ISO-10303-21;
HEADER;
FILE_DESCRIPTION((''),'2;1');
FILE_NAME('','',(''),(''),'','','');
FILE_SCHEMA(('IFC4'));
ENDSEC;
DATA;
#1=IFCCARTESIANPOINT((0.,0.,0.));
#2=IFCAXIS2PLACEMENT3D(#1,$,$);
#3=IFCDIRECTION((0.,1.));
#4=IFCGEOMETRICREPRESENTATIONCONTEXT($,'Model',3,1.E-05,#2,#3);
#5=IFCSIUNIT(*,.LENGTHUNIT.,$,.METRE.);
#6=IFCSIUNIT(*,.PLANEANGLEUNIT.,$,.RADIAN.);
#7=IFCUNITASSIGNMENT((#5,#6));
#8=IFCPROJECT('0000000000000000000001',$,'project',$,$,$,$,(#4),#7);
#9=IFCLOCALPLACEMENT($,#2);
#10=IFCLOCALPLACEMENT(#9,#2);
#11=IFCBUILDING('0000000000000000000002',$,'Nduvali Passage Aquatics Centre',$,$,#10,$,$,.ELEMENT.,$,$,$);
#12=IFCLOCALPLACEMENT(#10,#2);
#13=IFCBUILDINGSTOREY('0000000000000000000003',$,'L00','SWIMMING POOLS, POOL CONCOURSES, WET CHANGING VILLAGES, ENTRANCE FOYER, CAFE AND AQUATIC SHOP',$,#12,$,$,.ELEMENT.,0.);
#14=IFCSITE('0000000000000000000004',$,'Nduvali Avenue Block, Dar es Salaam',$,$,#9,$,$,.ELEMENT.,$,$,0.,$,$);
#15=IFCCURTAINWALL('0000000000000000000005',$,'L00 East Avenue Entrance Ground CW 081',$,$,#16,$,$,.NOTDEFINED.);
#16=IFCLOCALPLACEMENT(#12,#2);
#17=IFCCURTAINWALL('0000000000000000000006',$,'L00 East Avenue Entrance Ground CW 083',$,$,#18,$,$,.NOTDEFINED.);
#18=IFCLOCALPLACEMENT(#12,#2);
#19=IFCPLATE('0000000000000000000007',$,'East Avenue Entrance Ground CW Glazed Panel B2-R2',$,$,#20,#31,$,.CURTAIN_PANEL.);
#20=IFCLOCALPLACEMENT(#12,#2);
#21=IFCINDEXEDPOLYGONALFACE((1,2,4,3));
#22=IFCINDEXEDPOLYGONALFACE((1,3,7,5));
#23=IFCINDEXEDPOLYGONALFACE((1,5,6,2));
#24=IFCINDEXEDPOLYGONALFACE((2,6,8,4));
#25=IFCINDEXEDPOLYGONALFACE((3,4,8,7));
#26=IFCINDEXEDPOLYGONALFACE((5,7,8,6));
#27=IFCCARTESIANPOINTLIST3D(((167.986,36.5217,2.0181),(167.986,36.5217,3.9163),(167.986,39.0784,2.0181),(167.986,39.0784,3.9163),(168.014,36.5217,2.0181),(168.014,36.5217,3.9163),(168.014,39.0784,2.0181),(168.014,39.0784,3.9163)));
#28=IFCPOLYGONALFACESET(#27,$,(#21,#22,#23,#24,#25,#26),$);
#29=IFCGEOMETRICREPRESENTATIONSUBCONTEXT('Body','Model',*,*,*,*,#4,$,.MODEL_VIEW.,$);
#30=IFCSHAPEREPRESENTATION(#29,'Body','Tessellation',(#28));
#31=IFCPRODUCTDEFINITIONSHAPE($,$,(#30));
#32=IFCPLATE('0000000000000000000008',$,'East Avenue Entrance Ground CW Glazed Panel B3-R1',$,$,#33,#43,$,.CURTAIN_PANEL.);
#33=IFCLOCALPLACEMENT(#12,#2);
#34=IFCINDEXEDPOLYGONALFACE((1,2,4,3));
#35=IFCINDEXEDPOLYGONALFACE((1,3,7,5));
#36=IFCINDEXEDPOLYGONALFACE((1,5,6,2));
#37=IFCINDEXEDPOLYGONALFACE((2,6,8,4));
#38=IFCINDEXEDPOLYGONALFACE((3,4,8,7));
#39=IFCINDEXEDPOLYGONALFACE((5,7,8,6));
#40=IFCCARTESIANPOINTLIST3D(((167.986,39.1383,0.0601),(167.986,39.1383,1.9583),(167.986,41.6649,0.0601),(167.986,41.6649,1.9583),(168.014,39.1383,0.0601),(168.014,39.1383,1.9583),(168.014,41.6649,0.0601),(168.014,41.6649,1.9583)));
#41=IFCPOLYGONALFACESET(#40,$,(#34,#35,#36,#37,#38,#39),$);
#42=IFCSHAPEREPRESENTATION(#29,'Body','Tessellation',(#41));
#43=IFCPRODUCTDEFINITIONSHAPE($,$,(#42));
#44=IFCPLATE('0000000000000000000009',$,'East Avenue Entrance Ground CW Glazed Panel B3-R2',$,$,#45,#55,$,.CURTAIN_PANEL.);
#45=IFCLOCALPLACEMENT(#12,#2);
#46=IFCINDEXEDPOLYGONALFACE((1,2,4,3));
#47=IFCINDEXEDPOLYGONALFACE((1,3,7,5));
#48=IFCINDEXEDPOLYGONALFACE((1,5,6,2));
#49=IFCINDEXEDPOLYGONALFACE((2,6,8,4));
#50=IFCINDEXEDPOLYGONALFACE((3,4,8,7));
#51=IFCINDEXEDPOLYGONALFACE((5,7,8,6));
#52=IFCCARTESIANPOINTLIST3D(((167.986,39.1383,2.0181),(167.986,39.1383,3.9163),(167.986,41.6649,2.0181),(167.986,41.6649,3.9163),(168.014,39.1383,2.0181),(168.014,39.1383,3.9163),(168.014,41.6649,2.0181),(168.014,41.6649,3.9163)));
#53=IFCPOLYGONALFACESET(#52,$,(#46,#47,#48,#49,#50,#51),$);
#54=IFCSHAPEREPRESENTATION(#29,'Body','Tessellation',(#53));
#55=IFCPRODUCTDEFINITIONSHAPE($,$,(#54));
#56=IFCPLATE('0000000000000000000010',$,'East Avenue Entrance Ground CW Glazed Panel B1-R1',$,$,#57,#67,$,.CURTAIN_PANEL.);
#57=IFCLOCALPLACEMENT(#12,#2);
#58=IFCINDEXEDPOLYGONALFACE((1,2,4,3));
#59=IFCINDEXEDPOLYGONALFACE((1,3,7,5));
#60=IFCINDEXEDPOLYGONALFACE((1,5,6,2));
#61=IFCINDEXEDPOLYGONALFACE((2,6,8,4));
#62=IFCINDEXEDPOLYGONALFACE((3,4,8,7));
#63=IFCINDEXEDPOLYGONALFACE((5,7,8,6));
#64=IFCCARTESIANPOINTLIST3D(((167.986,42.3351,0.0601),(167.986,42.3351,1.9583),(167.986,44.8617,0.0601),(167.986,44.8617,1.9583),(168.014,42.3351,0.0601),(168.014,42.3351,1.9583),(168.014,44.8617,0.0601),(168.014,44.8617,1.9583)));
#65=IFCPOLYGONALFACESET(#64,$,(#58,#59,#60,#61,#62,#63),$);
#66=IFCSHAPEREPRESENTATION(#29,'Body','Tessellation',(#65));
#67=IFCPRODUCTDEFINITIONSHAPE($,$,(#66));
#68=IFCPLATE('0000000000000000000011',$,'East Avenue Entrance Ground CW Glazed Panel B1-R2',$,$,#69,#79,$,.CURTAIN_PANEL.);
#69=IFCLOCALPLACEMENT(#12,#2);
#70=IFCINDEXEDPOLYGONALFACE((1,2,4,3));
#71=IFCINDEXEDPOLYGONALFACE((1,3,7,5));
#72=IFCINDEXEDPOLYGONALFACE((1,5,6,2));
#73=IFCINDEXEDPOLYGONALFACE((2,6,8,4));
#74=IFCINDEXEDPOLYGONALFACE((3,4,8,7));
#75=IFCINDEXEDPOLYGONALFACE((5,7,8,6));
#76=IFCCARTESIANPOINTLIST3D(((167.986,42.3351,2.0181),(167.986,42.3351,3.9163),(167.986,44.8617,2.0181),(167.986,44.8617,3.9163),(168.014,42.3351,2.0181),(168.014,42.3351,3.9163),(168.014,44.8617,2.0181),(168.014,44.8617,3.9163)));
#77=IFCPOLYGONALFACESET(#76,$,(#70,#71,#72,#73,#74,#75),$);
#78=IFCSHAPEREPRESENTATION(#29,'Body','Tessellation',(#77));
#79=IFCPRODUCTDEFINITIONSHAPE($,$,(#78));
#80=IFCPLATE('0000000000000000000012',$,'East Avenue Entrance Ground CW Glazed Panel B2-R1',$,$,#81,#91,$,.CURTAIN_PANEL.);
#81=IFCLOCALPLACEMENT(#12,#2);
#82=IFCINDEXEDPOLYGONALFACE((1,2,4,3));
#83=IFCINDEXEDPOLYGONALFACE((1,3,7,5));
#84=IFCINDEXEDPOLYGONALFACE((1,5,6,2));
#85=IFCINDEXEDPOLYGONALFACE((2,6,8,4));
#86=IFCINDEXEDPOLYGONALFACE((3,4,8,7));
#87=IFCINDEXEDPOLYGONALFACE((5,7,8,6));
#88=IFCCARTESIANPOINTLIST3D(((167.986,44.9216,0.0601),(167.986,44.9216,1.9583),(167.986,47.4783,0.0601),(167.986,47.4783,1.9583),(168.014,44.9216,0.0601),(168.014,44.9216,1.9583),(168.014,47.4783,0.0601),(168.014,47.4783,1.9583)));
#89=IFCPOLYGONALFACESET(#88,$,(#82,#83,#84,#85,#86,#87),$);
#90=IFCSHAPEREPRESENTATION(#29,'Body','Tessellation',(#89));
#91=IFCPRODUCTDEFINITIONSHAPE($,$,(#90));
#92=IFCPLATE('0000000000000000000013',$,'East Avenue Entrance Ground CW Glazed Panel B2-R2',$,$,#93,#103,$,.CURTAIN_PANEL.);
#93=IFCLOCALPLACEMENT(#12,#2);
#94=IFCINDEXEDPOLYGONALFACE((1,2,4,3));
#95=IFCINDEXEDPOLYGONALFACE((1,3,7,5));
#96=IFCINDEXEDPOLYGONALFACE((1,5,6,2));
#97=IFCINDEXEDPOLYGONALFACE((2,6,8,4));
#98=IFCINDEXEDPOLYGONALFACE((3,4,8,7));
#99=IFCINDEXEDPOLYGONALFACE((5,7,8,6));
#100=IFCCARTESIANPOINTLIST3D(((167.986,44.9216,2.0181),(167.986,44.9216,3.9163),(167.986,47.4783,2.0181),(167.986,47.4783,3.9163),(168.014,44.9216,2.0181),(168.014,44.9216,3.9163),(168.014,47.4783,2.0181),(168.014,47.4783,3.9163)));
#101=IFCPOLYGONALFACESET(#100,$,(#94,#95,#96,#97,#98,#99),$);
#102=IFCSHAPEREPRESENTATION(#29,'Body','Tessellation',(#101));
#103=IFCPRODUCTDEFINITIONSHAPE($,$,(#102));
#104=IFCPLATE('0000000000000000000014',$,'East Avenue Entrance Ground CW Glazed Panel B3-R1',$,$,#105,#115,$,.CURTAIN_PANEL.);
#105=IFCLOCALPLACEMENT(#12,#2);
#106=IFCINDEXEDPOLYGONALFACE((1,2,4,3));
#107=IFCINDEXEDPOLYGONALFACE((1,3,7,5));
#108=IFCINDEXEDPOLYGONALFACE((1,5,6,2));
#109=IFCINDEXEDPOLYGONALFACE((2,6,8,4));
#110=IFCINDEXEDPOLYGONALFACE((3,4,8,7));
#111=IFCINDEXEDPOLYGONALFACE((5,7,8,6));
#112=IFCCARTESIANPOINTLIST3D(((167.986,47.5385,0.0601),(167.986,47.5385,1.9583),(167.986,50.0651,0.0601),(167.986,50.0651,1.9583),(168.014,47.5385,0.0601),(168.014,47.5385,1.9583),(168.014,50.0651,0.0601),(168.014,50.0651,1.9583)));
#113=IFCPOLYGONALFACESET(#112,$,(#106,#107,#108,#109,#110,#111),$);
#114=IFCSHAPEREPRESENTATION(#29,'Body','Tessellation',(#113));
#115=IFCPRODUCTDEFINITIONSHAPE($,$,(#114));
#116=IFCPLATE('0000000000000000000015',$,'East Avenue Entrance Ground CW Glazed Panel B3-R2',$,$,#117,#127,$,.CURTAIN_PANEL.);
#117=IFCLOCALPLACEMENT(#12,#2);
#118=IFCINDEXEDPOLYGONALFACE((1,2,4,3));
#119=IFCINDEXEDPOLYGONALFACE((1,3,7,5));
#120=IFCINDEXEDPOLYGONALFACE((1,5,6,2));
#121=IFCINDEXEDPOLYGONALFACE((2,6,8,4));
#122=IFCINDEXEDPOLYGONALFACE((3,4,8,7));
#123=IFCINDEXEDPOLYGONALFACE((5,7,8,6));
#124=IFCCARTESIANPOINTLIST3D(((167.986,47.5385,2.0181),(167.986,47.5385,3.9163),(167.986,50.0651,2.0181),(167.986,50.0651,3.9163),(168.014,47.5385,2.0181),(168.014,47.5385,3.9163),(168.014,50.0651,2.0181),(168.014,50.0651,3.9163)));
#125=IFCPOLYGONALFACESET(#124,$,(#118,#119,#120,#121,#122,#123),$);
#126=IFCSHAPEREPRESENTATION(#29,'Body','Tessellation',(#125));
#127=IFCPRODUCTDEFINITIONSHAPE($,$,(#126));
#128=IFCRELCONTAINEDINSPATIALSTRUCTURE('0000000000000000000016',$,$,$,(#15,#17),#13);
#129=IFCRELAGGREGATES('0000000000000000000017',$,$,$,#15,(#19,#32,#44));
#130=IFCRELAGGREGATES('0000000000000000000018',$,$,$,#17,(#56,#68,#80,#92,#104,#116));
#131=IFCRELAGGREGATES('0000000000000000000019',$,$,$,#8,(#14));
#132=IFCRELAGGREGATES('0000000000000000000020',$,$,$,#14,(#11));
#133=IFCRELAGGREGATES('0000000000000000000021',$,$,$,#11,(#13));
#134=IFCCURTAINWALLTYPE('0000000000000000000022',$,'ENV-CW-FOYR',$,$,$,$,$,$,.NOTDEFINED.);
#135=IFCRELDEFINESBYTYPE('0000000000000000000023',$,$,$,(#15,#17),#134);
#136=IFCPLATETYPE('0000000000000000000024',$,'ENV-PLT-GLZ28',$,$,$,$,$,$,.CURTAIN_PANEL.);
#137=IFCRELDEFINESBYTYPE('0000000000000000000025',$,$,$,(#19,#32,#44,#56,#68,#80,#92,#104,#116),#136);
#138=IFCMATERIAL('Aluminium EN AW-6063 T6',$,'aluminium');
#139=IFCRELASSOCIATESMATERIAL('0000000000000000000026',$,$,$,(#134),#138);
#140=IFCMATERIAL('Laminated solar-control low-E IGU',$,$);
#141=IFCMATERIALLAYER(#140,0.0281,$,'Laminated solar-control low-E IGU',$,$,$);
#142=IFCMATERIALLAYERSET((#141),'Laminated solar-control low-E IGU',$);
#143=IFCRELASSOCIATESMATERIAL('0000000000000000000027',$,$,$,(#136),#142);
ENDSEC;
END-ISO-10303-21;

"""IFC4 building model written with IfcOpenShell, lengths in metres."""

from ifc_helpers import new_model, si_unit, direction, frame, origin, origin_2d, place, context, subcontext, project, spatial, rectangle, extrude, material, layer, layer_set, type_object, element, aggregate, save


model = new_model("IFC4")

# Units and contexts
model_context = context("Model", 3, precision=1e-05, world=origin(), true_north=direction((0.0, 1.0)))
body_context = subcontext(model_context, "Body", "Model", "MODEL_VIEW")
ifc_project = project(units=[si_unit("LENGTHUNIT", "METRE"), si_unit("PLANEANGLEUNIT", "RADIAN")], contexts=[model_context])

# Site, building, storey
site_placement = place(None, origin())
site = spatial("IfcSite", under=ifc_project, at=site_placement, Name="Nduvali Avenue Block, Dar es Salaam", CompositionType="ELEMENT", RefElevation=0.0)
building_placement = place(site_placement, origin())
building = spatial("IfcBuilding", under=site, at=building_placement, Name="Nduvali Passage Aquatics Centre", CompositionType="ELEMENT")
storey_placement = place(building_placement, origin())
storey = spatial("IfcBuildingStorey", under=building, at=storey_placement, Name="L00", Description="SWIMMING POOLS, POOL CONCOURSES, WET CHANGING VILLAGES, ENTRANCE FOYER, CAFE AND AQUATIC SHOP", CompositionType="ELEMENT", Elevation=0.0)

# Curtain walls
ifc_material_1 = material(Name="Aluminium EN AW-6063 T6", Category="aluminium")
curtain_wall_type = type_object("IfcCurtainWallType", Name="ENV-CW-FOYR", PredefinedType="NOTDEFINED", material=ifc_material_1)
curtain_wall_1_placement = place(storey_placement, origin())
curtain_wall_1 = element("IfcCurtainWall", 1, at=curtain_wall_1_placement, inside=storey, type_object=curtain_wall_type, Name="L00 East Avenue Entrance Ground CW 081", PredefinedType="NOTDEFINED")
curtain_wall_2_placement = place(storey_placement, origin())
curtain_wall_2 = element("IfcCurtainWall", 2, at=curtain_wall_2_placement, inside=storey, type_object=curtain_wall_type, Name="L00 East Avenue Entrance Ground CW 083", PredefinedType="NOTDEFINED")

# Plates
ifc_material_2 = material(Name="Laminated solar-control low-E IGU")
ifc_layer = layer(ifc_material_2, 0.0281, Name="Laminated solar-control low-E IGU")
ifc_layer_set = layer_set([ifc_layer], Name="Laminated solar-control low-E IGU")
plate_type = type_object("IfcPlateType", Name="ENV-PLT-GLZ28", PredefinedType="CURTAIN_PANEL", material=ifc_layer_set)
plate_1_placement = place(storey_placement, frame((168.0, 37.8, 2.0181), z_axis=(0.0, 0.0, 1.0), x_axis=(0.0, 1.0, 0.0)))
plate_1 = element("IfcPlate", 3, at=plate_1_placement, type_object=plate_type, Name="East Avenue Entrance Ground CW Glazed Panel B2-R2", PredefinedType="CURTAIN_PANEL", context=body_context, shape_type="SweptSolid", body=[
    extrude(rectangle(XDim=2.5566, YDim=0.0281, at=origin_2d()), origin(), (0.0, 0.0, 1.0), 1.8982),
])
plate_2_placement = place(storey_placement, frame((168.0, 40.4016, 0.0601), z_axis=(0.0, 0.0, 1.0), x_axis=(0.0, 1.0, 0.0)))
plate_2 = element("IfcPlate", 4, at=plate_2_placement, type_object=plate_type, Name="East Avenue Entrance Ground CW Glazed Panel B3-R1", PredefinedType="CURTAIN_PANEL", context=body_context, shape_type="SweptSolid", body=[
    extrude(rectangle(XDim=2.5266, YDim=0.0281, at=origin_2d()), origin(), (0.0, 0.0, 1.0), 1.8982),
])
plate_3_placement = place(storey_placement, frame((168.0, 40.4016, 2.0181), z_axis=(0.0, 0.0, 1.0), x_axis=(0.0, 1.0, 0.0)))
plate_3 = element("IfcPlate", 5, at=plate_3_placement, type_object=plate_type, Name="East Avenue Entrance Ground CW Glazed Panel B3-R2", PredefinedType="CURTAIN_PANEL", context=body_context, shape_type="SweptSolid", body=[
    extrude(rectangle(XDim=2.5266, YDim=0.0281, at=origin_2d()), origin(), (0.0, 0.0, 1.0), 1.8982),
])
aggregate(curtain_wall_1, [plate_1, plate_2, plate_3])
plate_4_placement = place(storey_placement, frame((168.0, 43.5984, 0.0601), z_axis=(0.0, 0.0, 1.0), x_axis=(0.0, 1.0, 0.0)))
plate_4 = element("IfcPlate", 6, at=plate_4_placement, type_object=plate_type, Name="East Avenue Entrance Ground CW Glazed Panel B1-R1", PredefinedType="CURTAIN_PANEL", context=body_context, shape_type="SweptSolid", body=[
    extrude(rectangle(XDim=2.5266, YDim=0.0281, at=origin_2d()), origin(), (0.0, 0.0, 1.0), 1.8982),
])
plate_5_placement = place(storey_placement, frame((168.0, 43.5984, 2.0181), z_axis=(0.0, 0.0, 1.0), x_axis=(0.0, 1.0, 0.0)))
plate_5 = element("IfcPlate", 7, at=plate_5_placement, type_object=plate_type, Name="East Avenue Entrance Ground CW Glazed Panel B1-R2", PredefinedType="CURTAIN_PANEL", context=body_context, shape_type="SweptSolid", body=[
    extrude(rectangle(XDim=2.5266, YDim=0.0281, at=origin_2d()), origin(), (0.0, 0.0, 1.0), 1.8982),
])
plate_6_placement = place(storey_placement, frame((168.0, 46.2, 0.0601), z_axis=(0.0, 0.0, 1.0), x_axis=(0.0, 1.0, 0.0)))
plate_6 = element("IfcPlate", 8, at=plate_6_placement, type_object=plate_type, Name="East Avenue Entrance Ground CW Glazed Panel B2-R1", PredefinedType="CURTAIN_PANEL", context=body_context, shape_type="SweptSolid", body=[
    extrude(rectangle(XDim=2.5566, YDim=0.0281, at=origin_2d()), origin(), (0.0, 0.0, 1.0), 1.8982),
])
plate_7_placement = place(storey_placement, frame((168.0, 46.2, 2.0181), z_axis=(0.0, 0.0, 1.0), x_axis=(0.0, 1.0, 0.0)))
plate_7 = element("IfcPlate", 9, at=plate_7_placement, type_object=plate_type, Name="East Avenue Entrance Ground CW Glazed Panel B2-R2", PredefinedType="CURTAIN_PANEL", context=body_context, shape_type="SweptSolid", body=[
    extrude(rectangle(XDim=2.5566, YDim=0.0281, at=origin_2d()), origin(), (0.0, 0.0, 1.0), 1.8982),
])
plate_8_placement = place(storey_placement, frame((168.0, 48.8018, 0.0601), z_axis=(0.0, 0.0, 1.0), x_axis=(0.0, 1.0, 0.0)))
plate_8 = element("IfcPlate", 10, at=plate_8_placement, type_object=plate_type, Name="East Avenue Entrance Ground CW Glazed Panel B3-R1", PredefinedType="CURTAIN_PANEL", context=body_context, shape_type="SweptSolid", body=[
    extrude(rectangle(XDim=2.5266, YDim=0.0281, at=origin_2d()), origin(), (0.0, 0.0, 1.0), 1.8982),
])
plate_9_placement = place(storey_placement, frame((168.0, 48.8018, 2.0181), z_axis=(0.0, 0.0, 1.0), x_axis=(0.0, 1.0, 0.0)))
plate_9 = element("IfcPlate", 11, at=plate_9_placement, type_object=plate_type, Name="East Avenue Entrance Ground CW Glazed Panel B3-R2", PredefinedType="CURTAIN_PANEL", context=body_context, shape_type="SweptSolid", body=[
    extrude(rectangle(XDim=2.5266, YDim=0.0281, at=origin_2d()), origin(), (0.0, 0.0, 1.0), 1.8982),
])
aggregate(curtain_wall_2, [plate_4, plate_5, plate_6, plate_7, plate_8, plate_9])

save(model, "model.ifc")
